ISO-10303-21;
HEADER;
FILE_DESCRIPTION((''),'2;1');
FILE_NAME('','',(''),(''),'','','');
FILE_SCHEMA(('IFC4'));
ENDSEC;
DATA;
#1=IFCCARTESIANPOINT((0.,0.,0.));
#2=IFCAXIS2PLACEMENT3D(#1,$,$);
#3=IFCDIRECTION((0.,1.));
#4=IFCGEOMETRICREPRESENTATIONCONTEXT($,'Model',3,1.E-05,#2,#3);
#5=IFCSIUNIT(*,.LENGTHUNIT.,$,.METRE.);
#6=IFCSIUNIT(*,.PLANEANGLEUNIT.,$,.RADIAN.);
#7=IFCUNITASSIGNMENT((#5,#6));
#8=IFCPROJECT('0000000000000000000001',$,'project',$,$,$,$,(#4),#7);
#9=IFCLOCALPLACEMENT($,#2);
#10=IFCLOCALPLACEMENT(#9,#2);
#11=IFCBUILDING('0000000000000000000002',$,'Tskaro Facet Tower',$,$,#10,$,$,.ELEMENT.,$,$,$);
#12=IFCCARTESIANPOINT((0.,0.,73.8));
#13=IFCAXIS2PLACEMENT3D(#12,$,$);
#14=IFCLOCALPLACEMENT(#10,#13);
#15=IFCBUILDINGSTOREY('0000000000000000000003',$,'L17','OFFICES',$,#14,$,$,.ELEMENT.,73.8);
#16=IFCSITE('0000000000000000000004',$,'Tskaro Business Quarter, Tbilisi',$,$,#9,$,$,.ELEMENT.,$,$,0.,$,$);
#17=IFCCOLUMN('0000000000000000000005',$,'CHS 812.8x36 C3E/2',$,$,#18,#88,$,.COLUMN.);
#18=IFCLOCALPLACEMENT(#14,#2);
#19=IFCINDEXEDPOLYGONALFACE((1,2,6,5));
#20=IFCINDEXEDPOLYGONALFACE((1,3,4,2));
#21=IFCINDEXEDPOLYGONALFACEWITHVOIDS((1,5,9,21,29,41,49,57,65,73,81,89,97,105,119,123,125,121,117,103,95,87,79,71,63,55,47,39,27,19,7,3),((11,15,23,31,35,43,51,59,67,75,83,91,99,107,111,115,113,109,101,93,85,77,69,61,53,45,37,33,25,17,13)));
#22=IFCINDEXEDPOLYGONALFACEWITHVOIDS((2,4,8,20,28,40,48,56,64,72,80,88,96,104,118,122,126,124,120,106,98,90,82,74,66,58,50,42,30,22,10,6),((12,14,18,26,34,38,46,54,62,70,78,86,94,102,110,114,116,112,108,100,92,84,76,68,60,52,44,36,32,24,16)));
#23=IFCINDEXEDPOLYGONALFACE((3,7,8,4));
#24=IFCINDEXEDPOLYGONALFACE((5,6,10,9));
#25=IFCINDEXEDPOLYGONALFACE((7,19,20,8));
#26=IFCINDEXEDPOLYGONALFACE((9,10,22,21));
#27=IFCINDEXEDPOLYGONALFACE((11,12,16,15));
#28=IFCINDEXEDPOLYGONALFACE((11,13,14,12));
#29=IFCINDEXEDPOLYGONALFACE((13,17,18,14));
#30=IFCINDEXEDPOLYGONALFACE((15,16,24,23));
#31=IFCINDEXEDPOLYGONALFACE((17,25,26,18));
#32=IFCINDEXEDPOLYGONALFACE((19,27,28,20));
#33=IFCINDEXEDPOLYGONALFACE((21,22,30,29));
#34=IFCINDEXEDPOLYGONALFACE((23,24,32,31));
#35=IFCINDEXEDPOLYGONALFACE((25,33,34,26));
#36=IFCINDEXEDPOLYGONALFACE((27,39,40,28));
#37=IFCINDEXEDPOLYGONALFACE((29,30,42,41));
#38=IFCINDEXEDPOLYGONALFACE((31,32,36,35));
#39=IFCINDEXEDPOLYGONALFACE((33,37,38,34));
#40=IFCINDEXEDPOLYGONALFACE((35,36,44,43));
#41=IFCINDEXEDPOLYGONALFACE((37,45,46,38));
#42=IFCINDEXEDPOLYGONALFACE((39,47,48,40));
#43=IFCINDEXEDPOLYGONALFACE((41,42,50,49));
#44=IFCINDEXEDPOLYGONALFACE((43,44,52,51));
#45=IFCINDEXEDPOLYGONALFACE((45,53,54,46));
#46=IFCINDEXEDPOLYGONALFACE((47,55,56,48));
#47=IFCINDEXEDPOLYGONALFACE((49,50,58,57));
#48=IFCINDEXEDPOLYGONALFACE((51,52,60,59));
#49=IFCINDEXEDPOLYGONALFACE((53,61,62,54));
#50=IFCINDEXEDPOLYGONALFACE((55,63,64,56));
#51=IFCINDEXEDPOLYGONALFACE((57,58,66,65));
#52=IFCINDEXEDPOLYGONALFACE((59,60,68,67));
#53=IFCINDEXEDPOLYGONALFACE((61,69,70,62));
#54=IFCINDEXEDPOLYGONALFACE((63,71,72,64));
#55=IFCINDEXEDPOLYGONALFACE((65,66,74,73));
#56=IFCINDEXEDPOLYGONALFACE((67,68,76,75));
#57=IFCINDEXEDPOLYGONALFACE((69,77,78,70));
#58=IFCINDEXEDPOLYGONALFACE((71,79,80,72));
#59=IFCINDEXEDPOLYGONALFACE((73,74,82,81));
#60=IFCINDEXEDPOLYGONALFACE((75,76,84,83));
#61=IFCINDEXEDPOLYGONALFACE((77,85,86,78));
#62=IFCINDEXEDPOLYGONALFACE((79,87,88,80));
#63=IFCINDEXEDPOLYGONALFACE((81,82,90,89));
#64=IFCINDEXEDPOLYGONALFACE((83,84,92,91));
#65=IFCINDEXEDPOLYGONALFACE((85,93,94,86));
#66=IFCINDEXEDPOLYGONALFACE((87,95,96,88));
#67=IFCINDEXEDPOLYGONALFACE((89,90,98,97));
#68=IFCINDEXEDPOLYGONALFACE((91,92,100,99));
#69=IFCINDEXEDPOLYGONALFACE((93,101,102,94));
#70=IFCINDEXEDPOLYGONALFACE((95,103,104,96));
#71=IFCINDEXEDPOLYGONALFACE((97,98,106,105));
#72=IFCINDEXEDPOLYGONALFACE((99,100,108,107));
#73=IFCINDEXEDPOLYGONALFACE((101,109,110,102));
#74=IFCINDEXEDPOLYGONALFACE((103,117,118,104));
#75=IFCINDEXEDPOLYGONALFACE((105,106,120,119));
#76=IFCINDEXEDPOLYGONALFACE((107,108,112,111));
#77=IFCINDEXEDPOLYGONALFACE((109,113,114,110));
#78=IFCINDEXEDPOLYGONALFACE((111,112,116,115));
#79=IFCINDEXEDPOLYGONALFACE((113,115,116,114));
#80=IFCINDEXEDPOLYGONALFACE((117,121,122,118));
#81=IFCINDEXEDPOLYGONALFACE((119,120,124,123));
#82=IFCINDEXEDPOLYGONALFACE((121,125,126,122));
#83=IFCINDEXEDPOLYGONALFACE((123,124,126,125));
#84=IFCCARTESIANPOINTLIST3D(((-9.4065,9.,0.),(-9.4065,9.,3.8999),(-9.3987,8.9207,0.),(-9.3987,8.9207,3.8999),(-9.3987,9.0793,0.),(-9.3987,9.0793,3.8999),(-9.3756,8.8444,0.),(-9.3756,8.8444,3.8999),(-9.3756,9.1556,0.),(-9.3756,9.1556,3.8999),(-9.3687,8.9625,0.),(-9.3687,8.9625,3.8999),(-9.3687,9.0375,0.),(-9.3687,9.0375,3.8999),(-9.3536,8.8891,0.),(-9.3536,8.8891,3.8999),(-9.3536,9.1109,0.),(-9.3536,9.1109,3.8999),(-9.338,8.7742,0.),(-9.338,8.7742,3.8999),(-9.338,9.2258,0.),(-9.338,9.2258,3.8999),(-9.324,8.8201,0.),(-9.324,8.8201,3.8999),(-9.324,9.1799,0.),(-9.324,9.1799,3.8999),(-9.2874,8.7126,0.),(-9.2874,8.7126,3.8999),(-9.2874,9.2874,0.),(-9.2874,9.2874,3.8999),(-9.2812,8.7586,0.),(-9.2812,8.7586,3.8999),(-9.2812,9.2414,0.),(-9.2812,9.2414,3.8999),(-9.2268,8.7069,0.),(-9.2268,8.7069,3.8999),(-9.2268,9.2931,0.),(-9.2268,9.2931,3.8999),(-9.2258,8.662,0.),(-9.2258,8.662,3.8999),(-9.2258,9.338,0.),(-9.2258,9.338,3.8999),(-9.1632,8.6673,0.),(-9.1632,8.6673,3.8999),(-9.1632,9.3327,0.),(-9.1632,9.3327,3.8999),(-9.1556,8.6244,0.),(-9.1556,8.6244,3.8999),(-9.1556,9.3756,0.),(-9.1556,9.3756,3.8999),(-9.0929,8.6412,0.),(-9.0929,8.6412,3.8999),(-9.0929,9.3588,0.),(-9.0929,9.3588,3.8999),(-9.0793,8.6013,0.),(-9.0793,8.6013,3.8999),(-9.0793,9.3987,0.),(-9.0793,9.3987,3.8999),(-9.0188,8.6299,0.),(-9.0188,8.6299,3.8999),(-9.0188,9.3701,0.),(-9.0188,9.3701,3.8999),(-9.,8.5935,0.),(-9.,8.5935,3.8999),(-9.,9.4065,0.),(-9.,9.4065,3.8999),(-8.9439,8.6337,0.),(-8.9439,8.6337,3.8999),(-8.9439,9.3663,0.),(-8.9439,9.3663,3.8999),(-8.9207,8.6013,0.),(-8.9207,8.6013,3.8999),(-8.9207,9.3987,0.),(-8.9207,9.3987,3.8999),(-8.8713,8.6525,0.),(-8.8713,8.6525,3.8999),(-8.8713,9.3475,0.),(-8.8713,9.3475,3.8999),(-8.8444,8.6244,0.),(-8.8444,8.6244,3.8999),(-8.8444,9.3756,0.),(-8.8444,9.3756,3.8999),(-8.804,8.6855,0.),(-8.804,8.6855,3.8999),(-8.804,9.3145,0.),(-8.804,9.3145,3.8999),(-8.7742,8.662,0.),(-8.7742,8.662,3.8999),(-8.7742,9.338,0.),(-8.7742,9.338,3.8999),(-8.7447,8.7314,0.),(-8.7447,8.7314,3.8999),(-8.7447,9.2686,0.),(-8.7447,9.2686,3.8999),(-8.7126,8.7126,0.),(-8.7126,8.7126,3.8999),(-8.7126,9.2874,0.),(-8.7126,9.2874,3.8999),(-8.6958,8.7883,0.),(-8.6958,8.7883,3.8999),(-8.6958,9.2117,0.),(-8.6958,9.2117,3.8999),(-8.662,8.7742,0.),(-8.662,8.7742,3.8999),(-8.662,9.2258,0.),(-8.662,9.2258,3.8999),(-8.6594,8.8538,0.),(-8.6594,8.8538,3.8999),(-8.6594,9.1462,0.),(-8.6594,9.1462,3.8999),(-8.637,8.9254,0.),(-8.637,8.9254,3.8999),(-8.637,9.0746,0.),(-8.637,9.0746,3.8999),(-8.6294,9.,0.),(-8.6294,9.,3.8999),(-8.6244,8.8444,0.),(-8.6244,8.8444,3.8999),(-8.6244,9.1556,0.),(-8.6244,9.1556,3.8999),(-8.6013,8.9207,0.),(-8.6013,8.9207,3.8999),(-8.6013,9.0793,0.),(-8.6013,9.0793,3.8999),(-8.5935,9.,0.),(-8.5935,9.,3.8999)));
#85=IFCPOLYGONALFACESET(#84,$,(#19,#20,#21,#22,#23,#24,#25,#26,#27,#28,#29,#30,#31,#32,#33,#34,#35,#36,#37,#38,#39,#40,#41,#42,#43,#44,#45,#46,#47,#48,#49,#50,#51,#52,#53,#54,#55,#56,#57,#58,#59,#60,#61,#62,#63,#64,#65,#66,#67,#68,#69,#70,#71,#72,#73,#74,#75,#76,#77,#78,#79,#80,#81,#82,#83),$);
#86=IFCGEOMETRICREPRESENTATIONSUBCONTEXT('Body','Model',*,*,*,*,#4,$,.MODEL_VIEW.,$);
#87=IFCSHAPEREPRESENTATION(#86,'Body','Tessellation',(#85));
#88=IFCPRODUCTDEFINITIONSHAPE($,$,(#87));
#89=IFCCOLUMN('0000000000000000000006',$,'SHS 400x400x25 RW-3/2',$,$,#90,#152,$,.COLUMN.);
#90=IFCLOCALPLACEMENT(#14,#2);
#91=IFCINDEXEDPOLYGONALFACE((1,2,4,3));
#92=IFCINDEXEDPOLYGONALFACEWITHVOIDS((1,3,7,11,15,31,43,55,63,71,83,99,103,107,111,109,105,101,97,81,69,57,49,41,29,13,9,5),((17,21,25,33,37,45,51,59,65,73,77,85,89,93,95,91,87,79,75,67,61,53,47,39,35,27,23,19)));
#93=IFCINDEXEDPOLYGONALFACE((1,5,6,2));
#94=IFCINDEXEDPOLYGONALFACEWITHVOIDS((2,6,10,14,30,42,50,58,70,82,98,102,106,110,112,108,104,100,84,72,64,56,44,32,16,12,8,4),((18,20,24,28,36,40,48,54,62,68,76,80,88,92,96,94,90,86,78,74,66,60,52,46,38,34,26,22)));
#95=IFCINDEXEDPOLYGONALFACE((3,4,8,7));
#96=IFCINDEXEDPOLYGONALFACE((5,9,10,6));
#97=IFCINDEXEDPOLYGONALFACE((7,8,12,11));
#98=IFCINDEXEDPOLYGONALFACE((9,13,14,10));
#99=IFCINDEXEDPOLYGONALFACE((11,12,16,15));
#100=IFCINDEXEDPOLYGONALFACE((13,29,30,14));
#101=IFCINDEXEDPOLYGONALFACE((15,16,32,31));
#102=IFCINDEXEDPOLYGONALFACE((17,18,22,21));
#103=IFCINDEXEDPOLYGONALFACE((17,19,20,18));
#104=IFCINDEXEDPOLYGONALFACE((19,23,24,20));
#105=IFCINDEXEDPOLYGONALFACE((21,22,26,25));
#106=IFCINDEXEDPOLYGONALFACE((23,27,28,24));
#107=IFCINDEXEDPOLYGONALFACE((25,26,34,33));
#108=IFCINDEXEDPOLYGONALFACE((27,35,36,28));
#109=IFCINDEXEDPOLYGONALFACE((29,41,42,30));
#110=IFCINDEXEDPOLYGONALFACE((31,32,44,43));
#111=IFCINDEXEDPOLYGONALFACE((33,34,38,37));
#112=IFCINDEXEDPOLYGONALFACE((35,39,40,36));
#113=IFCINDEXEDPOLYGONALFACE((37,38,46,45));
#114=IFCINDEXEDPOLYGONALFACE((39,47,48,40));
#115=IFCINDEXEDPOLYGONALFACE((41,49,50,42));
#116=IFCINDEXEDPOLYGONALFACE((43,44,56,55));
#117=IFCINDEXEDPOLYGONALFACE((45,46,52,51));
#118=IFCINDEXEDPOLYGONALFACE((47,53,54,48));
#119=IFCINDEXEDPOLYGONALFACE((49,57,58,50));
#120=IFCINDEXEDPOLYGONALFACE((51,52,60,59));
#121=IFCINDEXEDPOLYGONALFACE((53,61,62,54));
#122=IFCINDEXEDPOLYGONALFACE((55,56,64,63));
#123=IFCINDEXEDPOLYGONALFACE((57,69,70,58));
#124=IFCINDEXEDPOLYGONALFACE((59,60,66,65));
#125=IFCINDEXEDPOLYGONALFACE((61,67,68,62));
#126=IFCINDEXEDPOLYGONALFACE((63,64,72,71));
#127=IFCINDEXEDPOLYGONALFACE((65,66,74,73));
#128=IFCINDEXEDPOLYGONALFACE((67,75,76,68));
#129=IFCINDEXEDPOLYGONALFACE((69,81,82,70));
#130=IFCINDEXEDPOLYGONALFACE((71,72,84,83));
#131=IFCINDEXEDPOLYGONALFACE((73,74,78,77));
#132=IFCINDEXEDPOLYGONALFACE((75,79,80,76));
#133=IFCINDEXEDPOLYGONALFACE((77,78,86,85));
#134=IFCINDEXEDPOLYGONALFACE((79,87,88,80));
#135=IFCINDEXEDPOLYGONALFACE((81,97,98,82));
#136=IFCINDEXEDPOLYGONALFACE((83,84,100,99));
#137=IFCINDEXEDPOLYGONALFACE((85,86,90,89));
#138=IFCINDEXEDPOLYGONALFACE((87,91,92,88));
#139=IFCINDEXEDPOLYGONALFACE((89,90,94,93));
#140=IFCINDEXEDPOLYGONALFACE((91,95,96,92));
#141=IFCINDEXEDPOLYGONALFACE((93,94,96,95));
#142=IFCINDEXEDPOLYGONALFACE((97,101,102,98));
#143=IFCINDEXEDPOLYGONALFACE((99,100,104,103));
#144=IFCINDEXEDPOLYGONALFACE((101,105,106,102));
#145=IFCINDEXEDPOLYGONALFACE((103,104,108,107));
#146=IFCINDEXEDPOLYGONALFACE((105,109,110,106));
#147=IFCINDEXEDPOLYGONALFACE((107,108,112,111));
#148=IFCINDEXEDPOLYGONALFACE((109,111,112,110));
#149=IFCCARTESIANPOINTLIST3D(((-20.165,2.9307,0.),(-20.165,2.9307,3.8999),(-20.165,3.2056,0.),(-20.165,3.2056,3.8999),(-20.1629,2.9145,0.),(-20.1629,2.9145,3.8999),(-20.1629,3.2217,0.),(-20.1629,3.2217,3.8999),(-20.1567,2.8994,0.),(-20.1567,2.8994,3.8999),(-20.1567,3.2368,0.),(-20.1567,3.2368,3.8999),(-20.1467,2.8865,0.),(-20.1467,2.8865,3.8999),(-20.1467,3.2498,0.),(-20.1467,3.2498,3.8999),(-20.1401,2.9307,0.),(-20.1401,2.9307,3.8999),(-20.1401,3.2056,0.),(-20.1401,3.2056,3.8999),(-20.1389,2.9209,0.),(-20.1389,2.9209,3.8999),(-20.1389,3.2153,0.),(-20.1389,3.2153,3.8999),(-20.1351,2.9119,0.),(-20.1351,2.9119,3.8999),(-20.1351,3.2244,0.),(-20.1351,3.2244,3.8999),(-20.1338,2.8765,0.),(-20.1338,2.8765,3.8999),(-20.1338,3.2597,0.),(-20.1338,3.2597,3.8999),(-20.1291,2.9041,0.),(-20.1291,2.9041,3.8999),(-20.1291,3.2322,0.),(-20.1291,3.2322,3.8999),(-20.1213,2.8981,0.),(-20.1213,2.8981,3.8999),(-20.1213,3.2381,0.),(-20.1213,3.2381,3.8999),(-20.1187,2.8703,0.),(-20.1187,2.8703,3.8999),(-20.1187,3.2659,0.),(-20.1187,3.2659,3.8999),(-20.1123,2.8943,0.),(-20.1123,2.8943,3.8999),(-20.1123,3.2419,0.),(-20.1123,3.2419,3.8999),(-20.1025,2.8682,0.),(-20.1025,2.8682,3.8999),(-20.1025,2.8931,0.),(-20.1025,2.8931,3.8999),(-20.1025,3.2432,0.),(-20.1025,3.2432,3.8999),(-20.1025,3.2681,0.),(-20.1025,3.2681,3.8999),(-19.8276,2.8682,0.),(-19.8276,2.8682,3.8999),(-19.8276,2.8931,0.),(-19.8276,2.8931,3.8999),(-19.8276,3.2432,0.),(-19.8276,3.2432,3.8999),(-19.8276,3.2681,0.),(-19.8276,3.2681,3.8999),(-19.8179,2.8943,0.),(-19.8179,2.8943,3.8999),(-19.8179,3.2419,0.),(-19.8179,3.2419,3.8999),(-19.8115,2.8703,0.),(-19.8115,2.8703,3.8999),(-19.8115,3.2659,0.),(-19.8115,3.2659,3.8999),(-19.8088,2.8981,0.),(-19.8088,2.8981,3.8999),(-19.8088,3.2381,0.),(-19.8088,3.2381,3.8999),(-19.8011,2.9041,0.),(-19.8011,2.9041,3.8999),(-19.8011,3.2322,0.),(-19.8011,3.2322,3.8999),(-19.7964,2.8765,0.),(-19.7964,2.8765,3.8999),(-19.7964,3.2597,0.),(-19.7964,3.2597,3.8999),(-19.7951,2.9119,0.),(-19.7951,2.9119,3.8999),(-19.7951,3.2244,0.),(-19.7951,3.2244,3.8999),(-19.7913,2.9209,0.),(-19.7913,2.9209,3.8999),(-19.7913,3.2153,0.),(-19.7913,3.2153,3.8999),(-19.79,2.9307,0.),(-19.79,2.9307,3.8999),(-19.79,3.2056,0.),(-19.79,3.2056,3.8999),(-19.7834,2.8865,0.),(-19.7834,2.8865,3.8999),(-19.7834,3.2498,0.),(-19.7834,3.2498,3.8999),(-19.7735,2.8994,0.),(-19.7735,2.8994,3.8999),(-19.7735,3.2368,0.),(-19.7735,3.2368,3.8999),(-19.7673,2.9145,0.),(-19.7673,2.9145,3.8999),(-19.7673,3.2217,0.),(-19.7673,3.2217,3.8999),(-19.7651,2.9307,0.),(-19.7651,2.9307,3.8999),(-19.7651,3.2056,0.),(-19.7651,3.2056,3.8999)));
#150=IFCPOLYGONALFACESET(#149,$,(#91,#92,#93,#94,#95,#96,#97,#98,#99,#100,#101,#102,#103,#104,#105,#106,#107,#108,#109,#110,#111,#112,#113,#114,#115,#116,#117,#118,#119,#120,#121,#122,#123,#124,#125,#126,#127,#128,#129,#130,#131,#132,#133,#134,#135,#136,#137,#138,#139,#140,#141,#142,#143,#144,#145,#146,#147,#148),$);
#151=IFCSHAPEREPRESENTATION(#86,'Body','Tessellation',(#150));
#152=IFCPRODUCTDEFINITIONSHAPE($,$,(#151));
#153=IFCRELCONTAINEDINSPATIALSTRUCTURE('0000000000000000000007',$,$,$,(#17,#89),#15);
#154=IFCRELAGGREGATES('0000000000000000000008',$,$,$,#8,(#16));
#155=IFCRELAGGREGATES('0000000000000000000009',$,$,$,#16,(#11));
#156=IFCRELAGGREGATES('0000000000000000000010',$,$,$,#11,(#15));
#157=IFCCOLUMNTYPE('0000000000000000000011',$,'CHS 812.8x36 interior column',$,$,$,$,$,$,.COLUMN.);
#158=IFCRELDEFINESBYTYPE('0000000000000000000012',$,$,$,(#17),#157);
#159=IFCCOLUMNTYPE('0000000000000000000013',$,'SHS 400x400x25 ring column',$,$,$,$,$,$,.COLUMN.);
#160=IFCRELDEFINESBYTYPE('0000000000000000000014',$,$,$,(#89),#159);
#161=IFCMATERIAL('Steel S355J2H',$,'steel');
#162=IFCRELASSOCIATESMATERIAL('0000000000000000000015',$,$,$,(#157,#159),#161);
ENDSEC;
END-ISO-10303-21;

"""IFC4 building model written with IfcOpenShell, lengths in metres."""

from ifc_helpers import new_model, si_unit, direction, frame, origin, origin_2d, place, context, subcontext, project, spatial, hollow_rectangle, hollow_circle, extrude, material, material_profile, profile_set, type_object, element, save


model = new_model("IFC4")

# Units and contexts
model_context = context("Model", 3, precision=1e-05, world=origin(), true_north=direction((0.0, 1.0)))
body_context = subcontext(model_context, "Body", "Model", "MODEL_VIEW")
ifc_project = project(units=[si_unit("LENGTHUNIT", "METRE"), si_unit("PLANEANGLEUNIT", "RADIAN")], contexts=[model_context])

# Site, building, storey
site_placement = place(None, origin())
site = spatial("IfcSite", under=ifc_project, at=site_placement, Name="Tskaro Business Quarter, Tbilisi", CompositionType="ELEMENT", RefElevation=0.0)
building_placement = place(site_placement, origin())
building = spatial("IfcBuilding", under=site, at=building_placement, Name="Tskaro Facet Tower", CompositionType="ELEMENT")
storey_placement = place(building_placement, frame((0.0, 0.0, 73.8)))
storey = spatial("IfcBuildingStorey", under=building, at=storey_placement, Name="L17", Description="OFFICES", CompositionType="ELEMENT", Elevation=73.8)

# Columns
ifc_material_1 = material(Name="Steel S355J2H", Category="steel")
ifc_material_profile_1 = material_profile(ifc_material_1, hollow_circle(Radius=0.4065, WallThickness=0.0359, at=origin_2d()), Name="CHS 812.8x36")
ifc_profile_set_1 = profile_set([ifc_material_profile_1], Name="Steel S355J2H")
column_type_1 = type_object("IfcColumnType", Name="CHS 812.8x36 interior column", PredefinedType="COLUMN", material=ifc_profile_set_1)
column_1_placement = place(storey_placement, frame((-9.0, 9.0, 0.0), z_axis=(0.0, 0.0, 1.0), x_axis=(1.0, 0.0, 0.0)))
element("IfcColumn", 1, at=column_1_placement, inside=storey, type_object=column_type_1, Name="CHS 812.8x36 C3E/2", PredefinedType="COLUMN", context=body_context, shape_type="SweptSolid", body=[
    extrude(hollow_circle(Radius=0.4065, WallThickness=0.0359, at=origin_2d()), origin(), (0.0, 0.0, 1.0), 3.8999),
])
ifc_material_profile_2 = material_profile(ifc_material_1, hollow_rectangle(XDim=0.3999, YDim=0.3999, WallThickness=0.0249, InnerFilletRadius=0.0376, OuterFilletRadius=0.0625, at=origin_2d()), Name="SHS 400x400x25")
ifc_profile_set_2 = profile_set([ifc_material_profile_2], Name="Steel S355J2H")
column_type_2 = type_object("IfcColumnType", Name="SHS 400x400x25 ring column", PredefinedType="COLUMN", material=ifc_profile_set_2)
column_2_placement = place(storey_placement, frame((-19.9651, 3.0681, 0.0), z_axis=(0.0, 0.0, 1.0), x_axis=(1.0, 0.0, 0.0)))
element("IfcColumn", 2, at=column_2_placement, inside=storey, type_object=column_type_2, Name="SHS 400x400x25 RW-3/2", PredefinedType="COLUMN", context=body_context, shape_type="SweptSolid", body=[
    extrude(hollow_rectangle(XDim=0.3999, YDim=0.3999, WallThickness=0.0249, InnerFilletRadius=0.0376, OuterFilletRadius=0.0625, at=origin_2d()), origin(), (0.0, 0.0, 1.0), 3.8999),
])

save(model, "model.ifc")
